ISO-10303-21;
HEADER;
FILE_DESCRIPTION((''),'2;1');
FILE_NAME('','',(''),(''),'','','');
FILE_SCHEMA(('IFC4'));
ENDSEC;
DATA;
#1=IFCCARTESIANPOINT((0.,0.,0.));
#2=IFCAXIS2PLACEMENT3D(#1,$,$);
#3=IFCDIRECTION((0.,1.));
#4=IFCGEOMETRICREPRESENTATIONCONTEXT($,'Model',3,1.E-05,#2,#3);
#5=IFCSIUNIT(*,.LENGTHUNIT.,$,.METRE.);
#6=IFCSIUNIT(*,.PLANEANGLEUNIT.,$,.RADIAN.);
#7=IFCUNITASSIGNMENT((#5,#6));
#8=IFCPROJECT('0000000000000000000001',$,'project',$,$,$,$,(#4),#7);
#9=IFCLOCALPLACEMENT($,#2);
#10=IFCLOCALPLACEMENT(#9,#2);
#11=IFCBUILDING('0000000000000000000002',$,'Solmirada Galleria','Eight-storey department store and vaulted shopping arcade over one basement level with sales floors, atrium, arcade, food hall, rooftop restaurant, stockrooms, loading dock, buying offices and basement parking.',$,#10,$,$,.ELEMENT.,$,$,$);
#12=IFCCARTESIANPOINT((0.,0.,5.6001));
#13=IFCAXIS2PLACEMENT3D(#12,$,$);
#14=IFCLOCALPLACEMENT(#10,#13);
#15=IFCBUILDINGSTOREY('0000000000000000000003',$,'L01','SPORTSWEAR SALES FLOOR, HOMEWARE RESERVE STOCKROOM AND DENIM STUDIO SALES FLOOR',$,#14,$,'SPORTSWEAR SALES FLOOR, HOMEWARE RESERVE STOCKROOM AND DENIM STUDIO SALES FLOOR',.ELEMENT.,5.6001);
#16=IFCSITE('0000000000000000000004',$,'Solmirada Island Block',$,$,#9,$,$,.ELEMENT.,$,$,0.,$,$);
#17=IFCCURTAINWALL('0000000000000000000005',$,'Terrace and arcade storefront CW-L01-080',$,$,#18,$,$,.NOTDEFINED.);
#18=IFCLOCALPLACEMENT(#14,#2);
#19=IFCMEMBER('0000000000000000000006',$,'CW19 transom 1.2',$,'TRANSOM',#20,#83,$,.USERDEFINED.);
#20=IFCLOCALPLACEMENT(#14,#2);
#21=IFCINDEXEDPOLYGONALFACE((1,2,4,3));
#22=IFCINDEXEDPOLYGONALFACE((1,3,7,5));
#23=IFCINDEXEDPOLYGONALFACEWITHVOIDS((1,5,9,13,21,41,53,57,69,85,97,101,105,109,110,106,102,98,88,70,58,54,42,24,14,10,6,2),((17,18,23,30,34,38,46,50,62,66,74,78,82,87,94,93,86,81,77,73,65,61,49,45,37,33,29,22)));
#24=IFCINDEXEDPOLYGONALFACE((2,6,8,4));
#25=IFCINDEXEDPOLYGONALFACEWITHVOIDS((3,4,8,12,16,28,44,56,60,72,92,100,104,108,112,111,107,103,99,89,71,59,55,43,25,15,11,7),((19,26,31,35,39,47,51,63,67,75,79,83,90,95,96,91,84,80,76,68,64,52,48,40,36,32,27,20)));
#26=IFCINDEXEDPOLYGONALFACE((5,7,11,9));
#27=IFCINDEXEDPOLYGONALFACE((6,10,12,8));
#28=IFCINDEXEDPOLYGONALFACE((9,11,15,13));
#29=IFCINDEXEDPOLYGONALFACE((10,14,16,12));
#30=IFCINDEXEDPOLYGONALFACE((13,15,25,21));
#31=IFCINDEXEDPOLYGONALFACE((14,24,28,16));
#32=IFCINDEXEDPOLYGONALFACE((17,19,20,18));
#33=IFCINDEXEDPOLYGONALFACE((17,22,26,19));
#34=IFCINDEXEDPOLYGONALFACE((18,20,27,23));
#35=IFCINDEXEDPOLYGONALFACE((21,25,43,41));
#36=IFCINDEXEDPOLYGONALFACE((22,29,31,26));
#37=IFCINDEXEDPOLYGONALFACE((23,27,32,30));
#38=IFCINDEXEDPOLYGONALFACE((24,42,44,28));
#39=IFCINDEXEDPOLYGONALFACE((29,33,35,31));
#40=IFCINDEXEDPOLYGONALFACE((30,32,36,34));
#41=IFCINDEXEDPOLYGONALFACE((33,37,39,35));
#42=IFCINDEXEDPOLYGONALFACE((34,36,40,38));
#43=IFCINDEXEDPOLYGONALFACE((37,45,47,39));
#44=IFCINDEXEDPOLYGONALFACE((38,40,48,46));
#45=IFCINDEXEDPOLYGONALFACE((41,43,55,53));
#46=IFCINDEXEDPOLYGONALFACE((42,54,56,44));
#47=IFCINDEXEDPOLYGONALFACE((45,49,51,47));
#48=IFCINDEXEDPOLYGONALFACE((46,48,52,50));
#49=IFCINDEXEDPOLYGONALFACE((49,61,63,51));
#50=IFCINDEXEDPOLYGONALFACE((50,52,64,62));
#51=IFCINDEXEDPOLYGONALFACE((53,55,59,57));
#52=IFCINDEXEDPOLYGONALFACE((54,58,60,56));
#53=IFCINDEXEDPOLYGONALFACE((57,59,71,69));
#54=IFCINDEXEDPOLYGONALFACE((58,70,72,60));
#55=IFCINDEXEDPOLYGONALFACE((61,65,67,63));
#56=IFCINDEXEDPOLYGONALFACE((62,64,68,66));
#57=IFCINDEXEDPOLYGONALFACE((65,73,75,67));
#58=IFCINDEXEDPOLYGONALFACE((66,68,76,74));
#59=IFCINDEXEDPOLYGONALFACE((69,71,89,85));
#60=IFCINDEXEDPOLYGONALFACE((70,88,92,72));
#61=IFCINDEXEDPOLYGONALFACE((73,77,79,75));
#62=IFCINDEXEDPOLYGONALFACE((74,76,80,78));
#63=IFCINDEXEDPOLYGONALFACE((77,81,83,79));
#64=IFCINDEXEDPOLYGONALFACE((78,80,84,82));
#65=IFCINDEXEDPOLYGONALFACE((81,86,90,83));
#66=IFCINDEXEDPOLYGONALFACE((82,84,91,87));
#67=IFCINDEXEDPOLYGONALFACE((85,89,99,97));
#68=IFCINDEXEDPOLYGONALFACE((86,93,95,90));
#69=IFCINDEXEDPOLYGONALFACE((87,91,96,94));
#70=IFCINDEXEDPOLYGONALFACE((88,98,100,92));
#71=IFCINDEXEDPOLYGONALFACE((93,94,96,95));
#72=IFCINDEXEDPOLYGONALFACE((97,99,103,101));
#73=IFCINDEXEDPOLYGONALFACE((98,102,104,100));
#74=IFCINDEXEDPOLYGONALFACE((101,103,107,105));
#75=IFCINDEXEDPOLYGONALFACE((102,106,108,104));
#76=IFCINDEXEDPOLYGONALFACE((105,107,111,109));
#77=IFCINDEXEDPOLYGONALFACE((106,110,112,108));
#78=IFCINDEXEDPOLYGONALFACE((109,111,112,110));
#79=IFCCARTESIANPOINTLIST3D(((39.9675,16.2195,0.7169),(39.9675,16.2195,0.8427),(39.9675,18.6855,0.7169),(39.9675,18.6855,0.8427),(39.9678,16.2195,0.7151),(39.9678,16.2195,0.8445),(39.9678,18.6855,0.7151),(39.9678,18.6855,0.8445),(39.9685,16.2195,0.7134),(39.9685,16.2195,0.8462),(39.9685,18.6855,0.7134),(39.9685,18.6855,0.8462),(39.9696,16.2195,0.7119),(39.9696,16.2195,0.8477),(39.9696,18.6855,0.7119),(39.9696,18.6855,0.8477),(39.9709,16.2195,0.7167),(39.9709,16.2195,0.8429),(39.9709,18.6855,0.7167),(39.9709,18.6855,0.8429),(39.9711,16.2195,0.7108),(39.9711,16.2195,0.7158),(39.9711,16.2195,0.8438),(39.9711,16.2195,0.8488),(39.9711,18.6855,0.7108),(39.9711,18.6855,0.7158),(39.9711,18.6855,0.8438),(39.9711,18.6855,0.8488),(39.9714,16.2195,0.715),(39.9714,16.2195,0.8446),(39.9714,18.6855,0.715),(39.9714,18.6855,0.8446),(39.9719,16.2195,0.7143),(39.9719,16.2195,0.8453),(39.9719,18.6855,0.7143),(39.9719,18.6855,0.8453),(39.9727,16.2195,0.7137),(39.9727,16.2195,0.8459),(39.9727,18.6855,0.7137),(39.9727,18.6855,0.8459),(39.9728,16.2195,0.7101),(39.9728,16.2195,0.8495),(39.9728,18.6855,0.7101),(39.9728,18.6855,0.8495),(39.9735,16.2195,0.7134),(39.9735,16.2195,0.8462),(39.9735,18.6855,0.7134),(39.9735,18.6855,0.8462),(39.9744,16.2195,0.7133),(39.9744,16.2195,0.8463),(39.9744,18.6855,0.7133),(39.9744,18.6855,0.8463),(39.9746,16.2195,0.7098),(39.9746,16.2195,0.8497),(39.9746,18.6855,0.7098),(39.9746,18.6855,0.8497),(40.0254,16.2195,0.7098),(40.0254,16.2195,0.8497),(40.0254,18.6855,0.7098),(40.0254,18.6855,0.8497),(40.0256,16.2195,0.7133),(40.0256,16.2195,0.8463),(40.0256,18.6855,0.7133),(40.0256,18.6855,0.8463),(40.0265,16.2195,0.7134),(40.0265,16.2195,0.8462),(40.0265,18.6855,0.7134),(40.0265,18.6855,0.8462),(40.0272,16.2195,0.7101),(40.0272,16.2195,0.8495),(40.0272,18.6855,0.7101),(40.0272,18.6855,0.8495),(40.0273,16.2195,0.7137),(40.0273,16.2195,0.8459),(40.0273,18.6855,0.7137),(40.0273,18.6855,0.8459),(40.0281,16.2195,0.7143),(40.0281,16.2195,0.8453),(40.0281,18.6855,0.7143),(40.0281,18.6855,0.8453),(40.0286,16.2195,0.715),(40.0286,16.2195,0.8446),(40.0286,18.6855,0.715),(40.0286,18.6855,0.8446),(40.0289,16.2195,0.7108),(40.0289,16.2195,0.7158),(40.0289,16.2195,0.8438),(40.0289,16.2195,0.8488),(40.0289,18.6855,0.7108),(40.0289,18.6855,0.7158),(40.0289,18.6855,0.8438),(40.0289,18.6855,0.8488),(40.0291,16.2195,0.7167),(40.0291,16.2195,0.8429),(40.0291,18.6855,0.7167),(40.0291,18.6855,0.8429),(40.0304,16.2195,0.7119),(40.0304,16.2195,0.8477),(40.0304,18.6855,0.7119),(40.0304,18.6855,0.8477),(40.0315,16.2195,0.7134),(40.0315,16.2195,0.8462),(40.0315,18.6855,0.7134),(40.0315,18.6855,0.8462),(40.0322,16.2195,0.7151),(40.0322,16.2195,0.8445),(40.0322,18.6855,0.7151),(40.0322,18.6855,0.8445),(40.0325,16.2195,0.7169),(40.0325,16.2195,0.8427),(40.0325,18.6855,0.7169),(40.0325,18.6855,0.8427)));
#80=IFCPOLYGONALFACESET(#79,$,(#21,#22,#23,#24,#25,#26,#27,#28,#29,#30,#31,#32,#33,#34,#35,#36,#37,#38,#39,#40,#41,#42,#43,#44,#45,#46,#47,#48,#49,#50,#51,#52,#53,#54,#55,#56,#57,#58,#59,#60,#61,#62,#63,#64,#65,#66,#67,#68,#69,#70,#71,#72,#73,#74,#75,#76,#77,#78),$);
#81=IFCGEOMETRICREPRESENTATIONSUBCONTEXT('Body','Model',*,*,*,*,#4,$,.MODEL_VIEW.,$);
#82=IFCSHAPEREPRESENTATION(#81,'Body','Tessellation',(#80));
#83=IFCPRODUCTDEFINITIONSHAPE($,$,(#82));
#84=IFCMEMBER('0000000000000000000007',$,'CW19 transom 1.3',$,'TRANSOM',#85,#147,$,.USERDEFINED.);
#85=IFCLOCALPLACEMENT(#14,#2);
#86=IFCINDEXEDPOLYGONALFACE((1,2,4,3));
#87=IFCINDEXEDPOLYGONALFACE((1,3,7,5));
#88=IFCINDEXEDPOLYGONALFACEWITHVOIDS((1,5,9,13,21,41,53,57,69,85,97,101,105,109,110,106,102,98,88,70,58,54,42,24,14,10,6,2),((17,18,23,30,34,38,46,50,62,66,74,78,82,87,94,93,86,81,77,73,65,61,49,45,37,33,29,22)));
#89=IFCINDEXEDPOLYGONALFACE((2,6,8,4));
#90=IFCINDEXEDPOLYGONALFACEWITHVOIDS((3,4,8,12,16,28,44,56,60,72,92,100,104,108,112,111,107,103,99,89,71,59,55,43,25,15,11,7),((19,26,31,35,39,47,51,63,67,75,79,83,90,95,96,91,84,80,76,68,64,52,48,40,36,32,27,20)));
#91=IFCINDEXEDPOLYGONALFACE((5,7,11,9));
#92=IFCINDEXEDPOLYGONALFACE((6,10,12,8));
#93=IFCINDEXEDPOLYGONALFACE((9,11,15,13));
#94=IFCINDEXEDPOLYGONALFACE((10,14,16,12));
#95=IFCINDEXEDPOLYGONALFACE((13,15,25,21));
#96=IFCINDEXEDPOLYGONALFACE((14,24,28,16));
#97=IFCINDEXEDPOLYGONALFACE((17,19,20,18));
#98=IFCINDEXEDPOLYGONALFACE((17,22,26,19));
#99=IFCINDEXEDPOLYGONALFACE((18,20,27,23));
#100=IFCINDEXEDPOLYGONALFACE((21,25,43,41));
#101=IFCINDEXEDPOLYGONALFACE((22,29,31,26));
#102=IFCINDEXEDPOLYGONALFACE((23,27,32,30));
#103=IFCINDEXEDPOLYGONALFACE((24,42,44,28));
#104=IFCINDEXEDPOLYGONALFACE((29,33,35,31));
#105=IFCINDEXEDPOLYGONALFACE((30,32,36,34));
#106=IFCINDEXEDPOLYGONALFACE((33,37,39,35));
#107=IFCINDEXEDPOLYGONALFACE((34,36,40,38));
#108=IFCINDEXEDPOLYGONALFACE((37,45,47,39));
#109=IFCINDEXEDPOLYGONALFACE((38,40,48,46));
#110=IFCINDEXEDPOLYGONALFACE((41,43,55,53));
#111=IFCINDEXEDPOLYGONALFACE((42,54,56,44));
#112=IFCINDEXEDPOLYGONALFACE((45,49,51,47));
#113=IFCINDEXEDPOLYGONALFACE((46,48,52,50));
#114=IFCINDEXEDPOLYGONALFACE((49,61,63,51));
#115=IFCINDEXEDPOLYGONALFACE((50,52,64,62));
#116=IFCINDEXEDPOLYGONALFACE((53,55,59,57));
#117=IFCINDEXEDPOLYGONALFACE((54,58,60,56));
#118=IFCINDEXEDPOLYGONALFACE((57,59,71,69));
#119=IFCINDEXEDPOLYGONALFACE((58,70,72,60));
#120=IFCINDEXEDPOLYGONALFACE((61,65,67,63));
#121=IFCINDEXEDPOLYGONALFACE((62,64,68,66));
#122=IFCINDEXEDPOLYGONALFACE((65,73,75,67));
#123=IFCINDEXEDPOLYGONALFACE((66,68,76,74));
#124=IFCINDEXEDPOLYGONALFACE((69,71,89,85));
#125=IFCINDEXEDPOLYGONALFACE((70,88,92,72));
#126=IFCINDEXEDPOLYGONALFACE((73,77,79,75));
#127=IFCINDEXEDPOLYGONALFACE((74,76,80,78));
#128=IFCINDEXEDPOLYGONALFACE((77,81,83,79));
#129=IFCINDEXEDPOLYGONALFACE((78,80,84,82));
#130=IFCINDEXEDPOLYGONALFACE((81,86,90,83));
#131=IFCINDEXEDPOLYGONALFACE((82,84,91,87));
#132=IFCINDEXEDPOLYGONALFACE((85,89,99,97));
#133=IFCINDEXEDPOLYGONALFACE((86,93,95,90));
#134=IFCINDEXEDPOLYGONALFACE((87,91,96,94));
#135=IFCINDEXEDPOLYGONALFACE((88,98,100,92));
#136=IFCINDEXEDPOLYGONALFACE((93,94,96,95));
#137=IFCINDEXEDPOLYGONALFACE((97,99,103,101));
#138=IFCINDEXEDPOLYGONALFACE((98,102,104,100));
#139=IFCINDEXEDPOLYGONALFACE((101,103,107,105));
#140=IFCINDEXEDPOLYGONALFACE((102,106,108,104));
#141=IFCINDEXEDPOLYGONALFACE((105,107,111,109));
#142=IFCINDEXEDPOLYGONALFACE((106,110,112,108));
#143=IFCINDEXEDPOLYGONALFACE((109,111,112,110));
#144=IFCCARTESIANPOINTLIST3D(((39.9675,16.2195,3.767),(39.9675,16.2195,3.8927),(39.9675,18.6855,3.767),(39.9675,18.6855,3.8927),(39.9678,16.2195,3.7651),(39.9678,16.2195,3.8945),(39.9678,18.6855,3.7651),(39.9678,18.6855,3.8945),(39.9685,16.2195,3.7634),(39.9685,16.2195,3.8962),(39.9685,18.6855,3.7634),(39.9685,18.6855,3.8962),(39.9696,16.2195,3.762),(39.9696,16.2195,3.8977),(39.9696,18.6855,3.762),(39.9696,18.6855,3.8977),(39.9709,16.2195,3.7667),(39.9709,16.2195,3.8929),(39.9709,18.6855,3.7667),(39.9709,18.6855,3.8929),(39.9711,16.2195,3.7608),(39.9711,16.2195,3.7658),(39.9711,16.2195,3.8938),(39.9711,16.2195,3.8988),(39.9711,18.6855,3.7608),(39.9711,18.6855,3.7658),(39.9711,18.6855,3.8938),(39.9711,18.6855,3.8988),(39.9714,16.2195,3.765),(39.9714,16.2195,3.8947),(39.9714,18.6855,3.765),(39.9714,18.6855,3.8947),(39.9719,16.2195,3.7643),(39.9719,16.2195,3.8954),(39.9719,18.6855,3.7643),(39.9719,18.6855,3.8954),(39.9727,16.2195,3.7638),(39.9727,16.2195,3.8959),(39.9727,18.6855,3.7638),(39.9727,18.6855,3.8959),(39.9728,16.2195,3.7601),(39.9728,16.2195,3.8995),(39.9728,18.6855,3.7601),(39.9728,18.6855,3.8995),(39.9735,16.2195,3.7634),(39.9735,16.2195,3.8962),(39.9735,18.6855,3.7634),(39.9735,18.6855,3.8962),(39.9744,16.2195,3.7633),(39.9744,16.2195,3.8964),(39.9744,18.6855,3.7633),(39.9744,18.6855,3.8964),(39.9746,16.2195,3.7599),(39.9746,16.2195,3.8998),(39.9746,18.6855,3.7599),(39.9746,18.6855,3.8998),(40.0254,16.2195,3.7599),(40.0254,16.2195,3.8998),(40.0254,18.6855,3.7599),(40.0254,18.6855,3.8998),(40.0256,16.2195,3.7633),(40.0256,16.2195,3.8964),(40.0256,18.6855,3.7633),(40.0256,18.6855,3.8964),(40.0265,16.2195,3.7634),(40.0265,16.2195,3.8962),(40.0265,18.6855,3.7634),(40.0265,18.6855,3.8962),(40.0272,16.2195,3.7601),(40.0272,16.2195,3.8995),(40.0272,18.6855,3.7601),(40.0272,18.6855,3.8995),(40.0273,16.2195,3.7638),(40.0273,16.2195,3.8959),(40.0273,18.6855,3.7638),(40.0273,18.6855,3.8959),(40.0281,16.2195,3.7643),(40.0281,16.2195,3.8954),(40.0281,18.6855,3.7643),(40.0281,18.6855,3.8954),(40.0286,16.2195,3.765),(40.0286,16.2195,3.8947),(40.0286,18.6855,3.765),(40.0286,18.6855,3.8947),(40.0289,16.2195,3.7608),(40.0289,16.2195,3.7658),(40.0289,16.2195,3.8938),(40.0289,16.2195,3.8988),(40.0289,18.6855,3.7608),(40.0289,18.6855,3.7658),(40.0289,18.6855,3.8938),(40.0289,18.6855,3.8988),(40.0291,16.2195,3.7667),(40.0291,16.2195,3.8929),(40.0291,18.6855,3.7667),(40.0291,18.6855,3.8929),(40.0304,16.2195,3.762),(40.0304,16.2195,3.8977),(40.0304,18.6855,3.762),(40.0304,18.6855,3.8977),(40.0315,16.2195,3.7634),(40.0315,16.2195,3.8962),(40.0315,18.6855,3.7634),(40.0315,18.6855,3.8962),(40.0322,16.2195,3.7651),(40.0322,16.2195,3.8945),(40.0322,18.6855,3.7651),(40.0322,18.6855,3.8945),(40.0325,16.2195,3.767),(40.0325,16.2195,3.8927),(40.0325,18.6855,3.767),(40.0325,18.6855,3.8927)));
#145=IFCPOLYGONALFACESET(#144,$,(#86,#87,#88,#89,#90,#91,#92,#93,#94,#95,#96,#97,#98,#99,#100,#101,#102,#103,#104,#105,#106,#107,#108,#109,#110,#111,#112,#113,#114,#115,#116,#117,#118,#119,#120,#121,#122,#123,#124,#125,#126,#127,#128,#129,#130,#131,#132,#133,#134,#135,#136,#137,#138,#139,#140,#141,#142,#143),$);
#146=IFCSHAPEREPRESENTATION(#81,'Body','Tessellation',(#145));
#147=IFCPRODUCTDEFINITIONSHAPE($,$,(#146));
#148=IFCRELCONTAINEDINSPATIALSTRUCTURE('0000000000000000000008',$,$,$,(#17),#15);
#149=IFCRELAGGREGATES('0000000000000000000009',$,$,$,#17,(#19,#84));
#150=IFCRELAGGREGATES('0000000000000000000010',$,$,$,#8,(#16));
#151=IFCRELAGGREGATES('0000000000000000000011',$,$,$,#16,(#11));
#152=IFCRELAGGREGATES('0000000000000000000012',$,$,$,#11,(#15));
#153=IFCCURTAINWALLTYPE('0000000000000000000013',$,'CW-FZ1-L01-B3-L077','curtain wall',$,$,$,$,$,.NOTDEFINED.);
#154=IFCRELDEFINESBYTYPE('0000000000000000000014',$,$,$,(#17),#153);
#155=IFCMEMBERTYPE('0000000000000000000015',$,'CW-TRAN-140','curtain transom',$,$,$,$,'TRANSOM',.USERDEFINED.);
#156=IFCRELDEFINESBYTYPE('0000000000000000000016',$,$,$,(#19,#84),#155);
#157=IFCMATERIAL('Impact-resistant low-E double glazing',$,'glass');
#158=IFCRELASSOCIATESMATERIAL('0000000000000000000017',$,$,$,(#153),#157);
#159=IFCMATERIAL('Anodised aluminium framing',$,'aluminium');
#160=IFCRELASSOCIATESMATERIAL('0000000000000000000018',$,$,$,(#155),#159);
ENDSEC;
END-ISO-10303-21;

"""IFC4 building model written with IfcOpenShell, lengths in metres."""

from ifc_helpers import new_model, si_unit, direction, frame, origin, origin_2d, place, context, subcontext, project, spatial, hollow_rectangle, extrude, material, material_profile, profile_set, type_object, element, aggregate, save


model = new_model("IFC4")

# Units and contexts
model_context = context("Model", 3, precision=1e-05, world=origin(), true_north=direction((0.0, 1.0)))
body_context = subcontext(model_context, "Body", "Model", "MODEL_VIEW")
ifc_project = project(units=[si_unit("LENGTHUNIT", "METRE"), si_unit("PLANEANGLEUNIT", "RADIAN")], contexts=[model_context])

# Site, building, storey
site_placement = place(None, origin())
site = spatial("IfcSite", under=ifc_project, at=site_placement, Name="Solmirada Island Block", CompositionType="ELEMENT", RefElevation=0.0)
building_placement = place(site_placement, origin())
building = spatial("IfcBuilding", under=site, at=building_placement, Name="Solmirada Galleria", Description="Eight-storey department store and vaulted shopping arcade over one basement level with sales floors, atrium, arcade, food hall, rooftop restaurant, stockrooms, loading dock, buying offices and basement parking.", CompositionType="ELEMENT")
storey_placement = place(building_placement, frame((0.0, 0.0, 5.6001)))
storey = spatial("IfcBuildingStorey", under=building, at=storey_placement, Name="L01", Description="SPORTSWEAR SALES FLOOR, HOMEWARE RESERVE STOCKROOM AND DENIM STUDIO SALES FLOOR", LongName="SPORTSWEAR SALES FLOOR, HOMEWARE RESERVE STOCKROOM AND DENIM STUDIO SALES FLOOR", CompositionType="ELEMENT", Elevation=5.6001)

# Curtain wall, members
ifc_material_1 = material(Name="Impact-resistant low-E double glazing", Category="glass")
curtain_wall_type = type_object("IfcCurtainWallType", Name="CW-FZ1-L01-B3-L077", Description="curtain wall", PredefinedType="NOTDEFINED", material=ifc_material_1)
curtain_wall_placement = place(storey_placement, origin())
curtain_wall = element("IfcCurtainWall", 1, at=curtain_wall_placement, inside=storey, type_object=curtain_wall_type, Name="Terrace and arcade storefront CW-L01-080", PredefinedType="NOTDEFINED")
ifc_material_2 = material(Name="Anodised aluminium framing", Category="aluminium")
ifc_material_profile_1 = material_profile(ifc_material_2, hollow_rectangle(XDim=0.0649, YDim=0.1399, WallThickness=0.0034, InnerFilletRadius=0.0034, OuterFilletRadius=0.0071, at=origin_2d()), Name="ALU-TRAN-140X65")
ifc_profile_set_1 = profile_set([ifc_material_profile_1], Name="Anodised aluminium framing")
member_type_1 = type_object("IfcMemberType", Name="CW-TRAN-140", Description="curtain transom", ElementType="TRANSOM", PredefinedType="USERDEFINED", material=ifc_profile_set_1)
member_1_placement = place(storey_placement, frame((40.0, 16.2195, 0.7798), z_axis=(0.0, 1.0, 0.0), x_axis=(-1.0, 0.0, 0.0)))
member_1 = element("IfcMember", 2, at=member_1_placement, type_object=member_type_1, Name="CW19 transom 1.2", ObjectType="TRANSOM", PredefinedType="USERDEFINED", context=body_context, shape_type="SweptSolid", body=[
    extrude(hollow_rectangle(XDim=0.0649, YDim=0.1399, WallThickness=0.0034, InnerFilletRadius=0.0034, OuterFilletRadius=0.0071, at=origin_2d()), origin(), (0.0, 0.0, 1.0), 2.4661),
])
member_2_placement = place(storey_placement, frame((40.0, 16.2195, 3.8298), z_axis=(0.0, 1.0, 0.0), x_axis=(-1.0, 0.0, 0.0)))
member_2 = element("IfcMember", 3, at=member_2_placement, type_object=member_type_1, Name="CW19 transom 1.3", ObjectType="TRANSOM", PredefinedType="USERDEFINED", context=body_context, shape_type="SweptSolid", body=[
    extrude(hollow_rectangle(XDim=0.0649, YDim=0.1399, WallThickness=0.0034, InnerFilletRadius=0.0034, OuterFilletRadius=0.0071, at=origin_2d()), origin(), (0.0, 0.0, 1.0), 2.4661),
])

aggregate(curtain_wall, [member_1, member_2])

save(model, "model.ifc")
